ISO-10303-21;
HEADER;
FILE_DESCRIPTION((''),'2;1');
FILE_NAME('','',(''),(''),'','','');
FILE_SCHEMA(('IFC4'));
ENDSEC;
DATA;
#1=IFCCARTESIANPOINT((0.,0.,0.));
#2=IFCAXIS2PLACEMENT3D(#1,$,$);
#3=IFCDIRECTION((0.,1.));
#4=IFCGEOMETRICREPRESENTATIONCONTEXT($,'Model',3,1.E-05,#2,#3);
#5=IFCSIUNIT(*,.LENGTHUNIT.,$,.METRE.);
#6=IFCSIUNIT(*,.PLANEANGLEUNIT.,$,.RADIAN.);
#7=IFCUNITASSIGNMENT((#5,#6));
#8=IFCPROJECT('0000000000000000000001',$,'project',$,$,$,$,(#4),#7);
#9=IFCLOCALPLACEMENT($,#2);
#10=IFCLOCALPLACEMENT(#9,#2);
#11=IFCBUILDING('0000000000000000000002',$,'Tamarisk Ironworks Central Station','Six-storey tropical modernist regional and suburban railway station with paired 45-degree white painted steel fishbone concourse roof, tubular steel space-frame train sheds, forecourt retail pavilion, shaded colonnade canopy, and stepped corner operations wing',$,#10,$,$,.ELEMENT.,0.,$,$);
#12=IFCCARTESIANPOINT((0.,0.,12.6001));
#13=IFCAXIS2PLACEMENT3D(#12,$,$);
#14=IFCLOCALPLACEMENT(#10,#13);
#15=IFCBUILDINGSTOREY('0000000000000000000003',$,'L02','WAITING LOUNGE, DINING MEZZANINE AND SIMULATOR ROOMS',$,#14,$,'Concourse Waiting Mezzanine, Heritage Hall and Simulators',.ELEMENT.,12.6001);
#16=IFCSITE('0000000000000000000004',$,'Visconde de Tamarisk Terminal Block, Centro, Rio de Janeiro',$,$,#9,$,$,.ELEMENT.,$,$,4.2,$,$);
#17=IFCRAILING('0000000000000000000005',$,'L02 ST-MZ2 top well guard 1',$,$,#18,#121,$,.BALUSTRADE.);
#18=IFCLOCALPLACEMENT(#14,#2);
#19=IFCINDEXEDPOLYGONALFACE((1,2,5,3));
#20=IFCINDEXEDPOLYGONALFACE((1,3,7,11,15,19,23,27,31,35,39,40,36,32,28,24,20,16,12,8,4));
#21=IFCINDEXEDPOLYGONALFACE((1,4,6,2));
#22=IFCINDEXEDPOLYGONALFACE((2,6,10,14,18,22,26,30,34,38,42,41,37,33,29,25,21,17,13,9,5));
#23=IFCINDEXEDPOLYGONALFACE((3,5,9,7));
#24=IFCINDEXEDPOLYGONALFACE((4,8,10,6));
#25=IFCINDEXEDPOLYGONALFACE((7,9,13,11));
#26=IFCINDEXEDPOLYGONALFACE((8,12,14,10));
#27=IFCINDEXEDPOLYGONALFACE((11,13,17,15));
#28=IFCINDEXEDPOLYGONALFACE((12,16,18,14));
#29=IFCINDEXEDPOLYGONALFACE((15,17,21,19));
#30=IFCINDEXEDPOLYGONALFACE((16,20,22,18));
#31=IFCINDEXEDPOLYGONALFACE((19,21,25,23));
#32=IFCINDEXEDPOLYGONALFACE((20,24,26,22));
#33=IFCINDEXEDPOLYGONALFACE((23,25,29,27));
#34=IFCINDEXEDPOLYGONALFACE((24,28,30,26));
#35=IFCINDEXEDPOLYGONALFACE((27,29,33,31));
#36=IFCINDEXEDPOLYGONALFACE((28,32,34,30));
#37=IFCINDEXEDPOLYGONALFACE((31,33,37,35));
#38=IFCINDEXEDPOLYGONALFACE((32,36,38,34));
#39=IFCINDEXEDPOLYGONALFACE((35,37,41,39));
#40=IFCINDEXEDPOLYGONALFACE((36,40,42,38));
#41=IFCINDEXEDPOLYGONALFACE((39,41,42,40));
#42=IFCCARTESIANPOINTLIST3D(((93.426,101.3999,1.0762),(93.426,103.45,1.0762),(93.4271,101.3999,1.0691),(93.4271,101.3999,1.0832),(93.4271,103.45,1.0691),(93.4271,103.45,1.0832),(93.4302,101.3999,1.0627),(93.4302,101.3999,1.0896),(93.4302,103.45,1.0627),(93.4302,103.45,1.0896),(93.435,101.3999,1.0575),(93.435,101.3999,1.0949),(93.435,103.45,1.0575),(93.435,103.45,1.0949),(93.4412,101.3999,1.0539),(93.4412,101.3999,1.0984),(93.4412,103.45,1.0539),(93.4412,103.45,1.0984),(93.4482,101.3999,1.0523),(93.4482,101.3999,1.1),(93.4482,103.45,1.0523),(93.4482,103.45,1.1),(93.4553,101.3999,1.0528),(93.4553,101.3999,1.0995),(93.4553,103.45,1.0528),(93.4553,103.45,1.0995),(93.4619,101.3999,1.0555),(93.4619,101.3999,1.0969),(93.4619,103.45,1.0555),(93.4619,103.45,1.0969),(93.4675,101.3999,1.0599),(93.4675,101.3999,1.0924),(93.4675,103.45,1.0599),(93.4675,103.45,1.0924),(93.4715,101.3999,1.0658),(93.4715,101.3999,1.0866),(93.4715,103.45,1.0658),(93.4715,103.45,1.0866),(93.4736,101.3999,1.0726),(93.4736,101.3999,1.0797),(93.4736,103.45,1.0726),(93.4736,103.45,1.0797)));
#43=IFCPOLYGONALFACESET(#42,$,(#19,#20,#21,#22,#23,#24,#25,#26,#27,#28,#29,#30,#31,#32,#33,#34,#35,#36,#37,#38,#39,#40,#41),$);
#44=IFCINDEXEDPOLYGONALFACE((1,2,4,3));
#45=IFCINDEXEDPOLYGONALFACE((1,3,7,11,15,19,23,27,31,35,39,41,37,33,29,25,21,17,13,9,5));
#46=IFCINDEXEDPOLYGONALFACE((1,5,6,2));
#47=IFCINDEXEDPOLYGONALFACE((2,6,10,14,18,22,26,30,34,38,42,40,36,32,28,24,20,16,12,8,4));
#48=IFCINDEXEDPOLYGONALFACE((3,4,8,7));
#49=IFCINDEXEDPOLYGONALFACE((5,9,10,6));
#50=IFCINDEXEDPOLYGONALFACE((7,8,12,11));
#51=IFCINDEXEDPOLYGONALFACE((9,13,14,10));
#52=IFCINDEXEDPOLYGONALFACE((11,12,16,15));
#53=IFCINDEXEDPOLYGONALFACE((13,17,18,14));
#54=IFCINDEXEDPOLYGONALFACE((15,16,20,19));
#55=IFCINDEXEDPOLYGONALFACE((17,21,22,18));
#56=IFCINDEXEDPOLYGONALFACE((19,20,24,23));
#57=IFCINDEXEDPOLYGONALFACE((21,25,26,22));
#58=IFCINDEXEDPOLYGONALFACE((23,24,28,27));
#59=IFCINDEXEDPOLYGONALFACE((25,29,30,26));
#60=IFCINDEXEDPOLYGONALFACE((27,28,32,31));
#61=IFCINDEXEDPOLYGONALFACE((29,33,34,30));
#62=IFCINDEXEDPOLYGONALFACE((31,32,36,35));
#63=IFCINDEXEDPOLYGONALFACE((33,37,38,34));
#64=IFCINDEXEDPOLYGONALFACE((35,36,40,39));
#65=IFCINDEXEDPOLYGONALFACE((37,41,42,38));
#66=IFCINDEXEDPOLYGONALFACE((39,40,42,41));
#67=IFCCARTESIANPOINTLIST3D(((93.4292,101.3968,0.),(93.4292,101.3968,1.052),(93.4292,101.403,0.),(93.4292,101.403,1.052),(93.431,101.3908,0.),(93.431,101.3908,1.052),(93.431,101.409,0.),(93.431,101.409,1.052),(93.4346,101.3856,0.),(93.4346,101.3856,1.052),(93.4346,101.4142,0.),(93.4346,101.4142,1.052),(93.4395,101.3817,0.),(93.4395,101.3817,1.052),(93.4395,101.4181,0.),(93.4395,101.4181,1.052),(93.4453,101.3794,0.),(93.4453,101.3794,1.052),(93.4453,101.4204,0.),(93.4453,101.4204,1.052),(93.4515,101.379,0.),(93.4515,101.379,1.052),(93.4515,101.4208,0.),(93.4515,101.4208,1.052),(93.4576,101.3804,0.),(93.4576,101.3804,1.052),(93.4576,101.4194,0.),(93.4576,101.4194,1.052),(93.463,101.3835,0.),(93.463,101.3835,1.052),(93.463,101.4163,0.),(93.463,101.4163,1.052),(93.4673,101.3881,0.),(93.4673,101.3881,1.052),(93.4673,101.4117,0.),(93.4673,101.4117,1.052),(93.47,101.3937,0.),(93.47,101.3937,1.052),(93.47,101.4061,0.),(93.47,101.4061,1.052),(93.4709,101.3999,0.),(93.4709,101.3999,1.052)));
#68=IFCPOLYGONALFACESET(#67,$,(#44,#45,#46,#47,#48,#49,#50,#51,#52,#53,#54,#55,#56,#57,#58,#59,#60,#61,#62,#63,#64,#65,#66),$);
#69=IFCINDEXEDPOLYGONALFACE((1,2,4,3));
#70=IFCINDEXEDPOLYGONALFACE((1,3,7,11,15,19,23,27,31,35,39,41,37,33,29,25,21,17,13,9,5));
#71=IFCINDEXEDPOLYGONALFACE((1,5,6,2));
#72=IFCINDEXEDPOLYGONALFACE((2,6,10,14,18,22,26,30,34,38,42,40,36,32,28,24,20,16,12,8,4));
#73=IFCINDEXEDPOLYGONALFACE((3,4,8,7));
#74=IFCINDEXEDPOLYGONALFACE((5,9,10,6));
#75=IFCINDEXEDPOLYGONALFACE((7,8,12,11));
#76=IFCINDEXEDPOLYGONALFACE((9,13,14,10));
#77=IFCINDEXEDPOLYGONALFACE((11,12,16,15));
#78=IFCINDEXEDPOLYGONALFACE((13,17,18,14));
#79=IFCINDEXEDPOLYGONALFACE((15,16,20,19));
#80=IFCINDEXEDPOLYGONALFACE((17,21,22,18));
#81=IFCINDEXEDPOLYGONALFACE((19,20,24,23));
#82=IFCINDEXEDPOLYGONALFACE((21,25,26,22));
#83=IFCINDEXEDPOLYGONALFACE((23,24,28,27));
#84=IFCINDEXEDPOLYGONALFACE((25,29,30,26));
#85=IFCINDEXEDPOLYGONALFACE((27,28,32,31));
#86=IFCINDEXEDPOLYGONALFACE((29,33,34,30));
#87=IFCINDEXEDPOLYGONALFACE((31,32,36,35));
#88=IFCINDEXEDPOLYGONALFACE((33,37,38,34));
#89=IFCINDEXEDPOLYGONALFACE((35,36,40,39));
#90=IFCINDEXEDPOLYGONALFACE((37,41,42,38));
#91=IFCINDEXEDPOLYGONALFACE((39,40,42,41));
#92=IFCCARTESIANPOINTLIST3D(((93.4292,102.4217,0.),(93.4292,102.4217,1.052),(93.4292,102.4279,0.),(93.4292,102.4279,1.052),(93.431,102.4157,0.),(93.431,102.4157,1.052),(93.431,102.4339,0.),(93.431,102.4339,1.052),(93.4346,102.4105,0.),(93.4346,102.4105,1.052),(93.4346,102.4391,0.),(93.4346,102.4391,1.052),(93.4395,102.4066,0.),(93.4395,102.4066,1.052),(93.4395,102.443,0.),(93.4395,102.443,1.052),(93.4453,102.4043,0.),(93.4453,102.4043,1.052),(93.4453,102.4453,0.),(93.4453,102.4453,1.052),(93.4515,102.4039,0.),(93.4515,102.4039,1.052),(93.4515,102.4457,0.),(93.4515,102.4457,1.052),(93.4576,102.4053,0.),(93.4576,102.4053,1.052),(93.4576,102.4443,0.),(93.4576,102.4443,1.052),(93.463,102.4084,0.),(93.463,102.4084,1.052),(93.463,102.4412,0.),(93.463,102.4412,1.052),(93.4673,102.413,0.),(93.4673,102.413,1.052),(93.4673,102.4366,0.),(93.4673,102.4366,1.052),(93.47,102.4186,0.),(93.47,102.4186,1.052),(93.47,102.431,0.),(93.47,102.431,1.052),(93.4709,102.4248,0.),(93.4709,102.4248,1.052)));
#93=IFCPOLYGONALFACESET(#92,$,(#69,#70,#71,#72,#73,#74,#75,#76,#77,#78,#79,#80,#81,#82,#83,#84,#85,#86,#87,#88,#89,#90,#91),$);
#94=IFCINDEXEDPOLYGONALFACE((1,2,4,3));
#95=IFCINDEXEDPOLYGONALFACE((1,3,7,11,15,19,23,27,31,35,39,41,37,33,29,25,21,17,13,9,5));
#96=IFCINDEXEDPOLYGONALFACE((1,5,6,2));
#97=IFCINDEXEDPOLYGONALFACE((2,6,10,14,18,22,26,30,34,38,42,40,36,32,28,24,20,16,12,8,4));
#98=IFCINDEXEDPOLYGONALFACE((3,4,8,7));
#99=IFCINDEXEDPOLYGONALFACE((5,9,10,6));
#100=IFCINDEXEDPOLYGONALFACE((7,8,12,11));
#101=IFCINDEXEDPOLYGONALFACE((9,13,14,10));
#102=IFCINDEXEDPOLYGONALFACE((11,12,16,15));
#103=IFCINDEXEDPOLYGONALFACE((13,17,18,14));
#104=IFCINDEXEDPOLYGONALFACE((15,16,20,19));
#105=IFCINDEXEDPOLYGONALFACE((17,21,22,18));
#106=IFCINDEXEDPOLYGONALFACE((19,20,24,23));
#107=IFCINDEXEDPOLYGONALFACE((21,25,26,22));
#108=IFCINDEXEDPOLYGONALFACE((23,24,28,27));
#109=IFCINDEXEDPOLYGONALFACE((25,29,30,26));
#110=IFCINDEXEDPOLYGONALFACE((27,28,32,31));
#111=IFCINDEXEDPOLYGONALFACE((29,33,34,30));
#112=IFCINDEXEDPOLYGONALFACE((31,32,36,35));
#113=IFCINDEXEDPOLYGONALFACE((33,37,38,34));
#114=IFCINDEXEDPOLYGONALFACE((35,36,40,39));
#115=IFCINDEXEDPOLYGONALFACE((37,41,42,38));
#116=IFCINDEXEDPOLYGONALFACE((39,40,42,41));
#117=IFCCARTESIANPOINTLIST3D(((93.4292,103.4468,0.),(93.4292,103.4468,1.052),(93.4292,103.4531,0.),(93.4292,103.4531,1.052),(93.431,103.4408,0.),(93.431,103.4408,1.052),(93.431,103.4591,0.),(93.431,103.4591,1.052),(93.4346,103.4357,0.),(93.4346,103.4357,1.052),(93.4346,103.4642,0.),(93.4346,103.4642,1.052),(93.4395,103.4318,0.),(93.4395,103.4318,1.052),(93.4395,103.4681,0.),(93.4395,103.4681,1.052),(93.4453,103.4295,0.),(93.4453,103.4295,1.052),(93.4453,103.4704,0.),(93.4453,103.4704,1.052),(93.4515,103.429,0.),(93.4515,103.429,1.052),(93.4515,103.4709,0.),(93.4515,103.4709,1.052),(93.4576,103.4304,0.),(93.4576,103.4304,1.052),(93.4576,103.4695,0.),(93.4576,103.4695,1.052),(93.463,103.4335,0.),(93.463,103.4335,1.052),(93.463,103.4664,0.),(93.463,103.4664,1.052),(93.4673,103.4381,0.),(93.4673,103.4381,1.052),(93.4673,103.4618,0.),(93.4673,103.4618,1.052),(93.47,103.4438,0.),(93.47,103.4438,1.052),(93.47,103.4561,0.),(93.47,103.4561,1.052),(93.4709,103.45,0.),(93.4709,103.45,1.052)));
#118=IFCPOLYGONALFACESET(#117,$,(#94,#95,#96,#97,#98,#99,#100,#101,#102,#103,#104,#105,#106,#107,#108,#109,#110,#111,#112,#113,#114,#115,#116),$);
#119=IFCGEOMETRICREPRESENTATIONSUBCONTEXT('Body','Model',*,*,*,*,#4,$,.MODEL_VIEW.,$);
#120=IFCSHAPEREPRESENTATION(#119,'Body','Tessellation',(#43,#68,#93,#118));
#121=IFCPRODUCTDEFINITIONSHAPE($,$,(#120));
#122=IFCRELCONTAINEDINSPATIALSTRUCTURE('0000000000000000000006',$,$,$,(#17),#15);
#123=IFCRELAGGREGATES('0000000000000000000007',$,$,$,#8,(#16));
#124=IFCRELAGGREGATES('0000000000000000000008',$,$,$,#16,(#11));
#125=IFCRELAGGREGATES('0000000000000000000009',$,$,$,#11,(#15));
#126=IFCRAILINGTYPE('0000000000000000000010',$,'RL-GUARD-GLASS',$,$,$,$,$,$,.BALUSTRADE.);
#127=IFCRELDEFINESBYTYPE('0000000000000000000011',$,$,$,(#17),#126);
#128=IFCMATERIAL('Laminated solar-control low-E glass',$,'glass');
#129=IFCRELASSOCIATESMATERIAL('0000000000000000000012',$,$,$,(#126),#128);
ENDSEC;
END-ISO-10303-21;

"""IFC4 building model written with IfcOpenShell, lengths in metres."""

from ifc_helpers import new_model, si_unit, direction, frame, origin, origin_2d, place, context, subcontext, project, spatial, circle, extrude, material, type_object, element, save


model = new_model("IFC4")

# Units and contexts
model_context = context("Model", 3, precision=1e-05, world=origin(), true_north=direction((0.0, 1.0)))
body_context = subcontext(model_context, "Body", "Model", "MODEL_VIEW")
ifc_project = project(units=[si_unit("LENGTHUNIT", "METRE"), si_unit("PLANEANGLEUNIT", "RADIAN")], contexts=[model_context])

# Site, building, storey
site_placement = place(None, origin())
site = spatial("IfcSite", under=ifc_project, at=site_placement, Name="Visconde de Tamarisk Terminal Block, Centro, Rio de Janeiro", CompositionType="ELEMENT", RefElevation=4.2)
building_placement = place(site_placement, origin())
building = spatial("IfcBuilding", under=site, at=building_placement, Name="Tamarisk Ironworks Central Station", Description="Six-storey tropical modernist regional and suburban railway station with paired 45-degree white painted steel fishbone concourse roof, tubular steel space-frame train sheds, forecourt retail pavilion, shaded colonnade canopy, and stepped corner operations wing", CompositionType="ELEMENT", ElevationOfRefHeight=0.0)
storey_placement = place(building_placement, frame((0.0, 0.0, 12.6001)))
storey = spatial("IfcBuildingStorey", under=building, at=storey_placement, Name="L02", Description="WAITING LOUNGE, DINING MEZZANINE AND SIMULATOR ROOMS", LongName="Concourse Waiting Mezzanine, Heritage Hall and Simulators", CompositionType="ELEMENT", Elevation=12.6001)

# Shared definitions
ifc_material_1 = material(Name="Laminated solar-control low-E glass", Category="glass")

# Railing
railing_type_1 = type_object("IfcRailingType", Name="RL-GUARD-GLASS", PredefinedType="BALUSTRADE", material=ifc_material_1)
railing_1_placement = place(storey_placement, frame((93.45, 101.3999, 0.0)))
element("IfcRailing", 1, at=railing_1_placement, inside=storey, type_object=railing_type_1, Name="L02 ST-MZ2 top well guard 1", PredefinedType="BALUSTRADE", context=body_context, shape_type="SweptSolid", body=[
    extrude(circle(Radius=0.0239, at=origin_2d()), frame((0.0, 0.0, 1.0762), z_axis=(0.0, 1.0, 0.0), x_axis=(-1.0, 0.0, 0.0)), (0.0, 0.0, 1.0), 2.05),
    extrude(circle(Radius=0.021, at=origin_2d()), origin(), (0.0, 0.0, 1.0), 1.052),
    extrude(circle(Radius=0.021, at=origin_2d()), frame((0.0, 1.0249, 0.0)), (0.0, 0.0, 1.0), 1.052),
    extrude(circle(Radius=0.021, at=origin_2d()), frame((0.0, 2.05, 0.0)), (0.0, 0.0, 1.0), 1.052),
])

save(model, "model.ifc")
